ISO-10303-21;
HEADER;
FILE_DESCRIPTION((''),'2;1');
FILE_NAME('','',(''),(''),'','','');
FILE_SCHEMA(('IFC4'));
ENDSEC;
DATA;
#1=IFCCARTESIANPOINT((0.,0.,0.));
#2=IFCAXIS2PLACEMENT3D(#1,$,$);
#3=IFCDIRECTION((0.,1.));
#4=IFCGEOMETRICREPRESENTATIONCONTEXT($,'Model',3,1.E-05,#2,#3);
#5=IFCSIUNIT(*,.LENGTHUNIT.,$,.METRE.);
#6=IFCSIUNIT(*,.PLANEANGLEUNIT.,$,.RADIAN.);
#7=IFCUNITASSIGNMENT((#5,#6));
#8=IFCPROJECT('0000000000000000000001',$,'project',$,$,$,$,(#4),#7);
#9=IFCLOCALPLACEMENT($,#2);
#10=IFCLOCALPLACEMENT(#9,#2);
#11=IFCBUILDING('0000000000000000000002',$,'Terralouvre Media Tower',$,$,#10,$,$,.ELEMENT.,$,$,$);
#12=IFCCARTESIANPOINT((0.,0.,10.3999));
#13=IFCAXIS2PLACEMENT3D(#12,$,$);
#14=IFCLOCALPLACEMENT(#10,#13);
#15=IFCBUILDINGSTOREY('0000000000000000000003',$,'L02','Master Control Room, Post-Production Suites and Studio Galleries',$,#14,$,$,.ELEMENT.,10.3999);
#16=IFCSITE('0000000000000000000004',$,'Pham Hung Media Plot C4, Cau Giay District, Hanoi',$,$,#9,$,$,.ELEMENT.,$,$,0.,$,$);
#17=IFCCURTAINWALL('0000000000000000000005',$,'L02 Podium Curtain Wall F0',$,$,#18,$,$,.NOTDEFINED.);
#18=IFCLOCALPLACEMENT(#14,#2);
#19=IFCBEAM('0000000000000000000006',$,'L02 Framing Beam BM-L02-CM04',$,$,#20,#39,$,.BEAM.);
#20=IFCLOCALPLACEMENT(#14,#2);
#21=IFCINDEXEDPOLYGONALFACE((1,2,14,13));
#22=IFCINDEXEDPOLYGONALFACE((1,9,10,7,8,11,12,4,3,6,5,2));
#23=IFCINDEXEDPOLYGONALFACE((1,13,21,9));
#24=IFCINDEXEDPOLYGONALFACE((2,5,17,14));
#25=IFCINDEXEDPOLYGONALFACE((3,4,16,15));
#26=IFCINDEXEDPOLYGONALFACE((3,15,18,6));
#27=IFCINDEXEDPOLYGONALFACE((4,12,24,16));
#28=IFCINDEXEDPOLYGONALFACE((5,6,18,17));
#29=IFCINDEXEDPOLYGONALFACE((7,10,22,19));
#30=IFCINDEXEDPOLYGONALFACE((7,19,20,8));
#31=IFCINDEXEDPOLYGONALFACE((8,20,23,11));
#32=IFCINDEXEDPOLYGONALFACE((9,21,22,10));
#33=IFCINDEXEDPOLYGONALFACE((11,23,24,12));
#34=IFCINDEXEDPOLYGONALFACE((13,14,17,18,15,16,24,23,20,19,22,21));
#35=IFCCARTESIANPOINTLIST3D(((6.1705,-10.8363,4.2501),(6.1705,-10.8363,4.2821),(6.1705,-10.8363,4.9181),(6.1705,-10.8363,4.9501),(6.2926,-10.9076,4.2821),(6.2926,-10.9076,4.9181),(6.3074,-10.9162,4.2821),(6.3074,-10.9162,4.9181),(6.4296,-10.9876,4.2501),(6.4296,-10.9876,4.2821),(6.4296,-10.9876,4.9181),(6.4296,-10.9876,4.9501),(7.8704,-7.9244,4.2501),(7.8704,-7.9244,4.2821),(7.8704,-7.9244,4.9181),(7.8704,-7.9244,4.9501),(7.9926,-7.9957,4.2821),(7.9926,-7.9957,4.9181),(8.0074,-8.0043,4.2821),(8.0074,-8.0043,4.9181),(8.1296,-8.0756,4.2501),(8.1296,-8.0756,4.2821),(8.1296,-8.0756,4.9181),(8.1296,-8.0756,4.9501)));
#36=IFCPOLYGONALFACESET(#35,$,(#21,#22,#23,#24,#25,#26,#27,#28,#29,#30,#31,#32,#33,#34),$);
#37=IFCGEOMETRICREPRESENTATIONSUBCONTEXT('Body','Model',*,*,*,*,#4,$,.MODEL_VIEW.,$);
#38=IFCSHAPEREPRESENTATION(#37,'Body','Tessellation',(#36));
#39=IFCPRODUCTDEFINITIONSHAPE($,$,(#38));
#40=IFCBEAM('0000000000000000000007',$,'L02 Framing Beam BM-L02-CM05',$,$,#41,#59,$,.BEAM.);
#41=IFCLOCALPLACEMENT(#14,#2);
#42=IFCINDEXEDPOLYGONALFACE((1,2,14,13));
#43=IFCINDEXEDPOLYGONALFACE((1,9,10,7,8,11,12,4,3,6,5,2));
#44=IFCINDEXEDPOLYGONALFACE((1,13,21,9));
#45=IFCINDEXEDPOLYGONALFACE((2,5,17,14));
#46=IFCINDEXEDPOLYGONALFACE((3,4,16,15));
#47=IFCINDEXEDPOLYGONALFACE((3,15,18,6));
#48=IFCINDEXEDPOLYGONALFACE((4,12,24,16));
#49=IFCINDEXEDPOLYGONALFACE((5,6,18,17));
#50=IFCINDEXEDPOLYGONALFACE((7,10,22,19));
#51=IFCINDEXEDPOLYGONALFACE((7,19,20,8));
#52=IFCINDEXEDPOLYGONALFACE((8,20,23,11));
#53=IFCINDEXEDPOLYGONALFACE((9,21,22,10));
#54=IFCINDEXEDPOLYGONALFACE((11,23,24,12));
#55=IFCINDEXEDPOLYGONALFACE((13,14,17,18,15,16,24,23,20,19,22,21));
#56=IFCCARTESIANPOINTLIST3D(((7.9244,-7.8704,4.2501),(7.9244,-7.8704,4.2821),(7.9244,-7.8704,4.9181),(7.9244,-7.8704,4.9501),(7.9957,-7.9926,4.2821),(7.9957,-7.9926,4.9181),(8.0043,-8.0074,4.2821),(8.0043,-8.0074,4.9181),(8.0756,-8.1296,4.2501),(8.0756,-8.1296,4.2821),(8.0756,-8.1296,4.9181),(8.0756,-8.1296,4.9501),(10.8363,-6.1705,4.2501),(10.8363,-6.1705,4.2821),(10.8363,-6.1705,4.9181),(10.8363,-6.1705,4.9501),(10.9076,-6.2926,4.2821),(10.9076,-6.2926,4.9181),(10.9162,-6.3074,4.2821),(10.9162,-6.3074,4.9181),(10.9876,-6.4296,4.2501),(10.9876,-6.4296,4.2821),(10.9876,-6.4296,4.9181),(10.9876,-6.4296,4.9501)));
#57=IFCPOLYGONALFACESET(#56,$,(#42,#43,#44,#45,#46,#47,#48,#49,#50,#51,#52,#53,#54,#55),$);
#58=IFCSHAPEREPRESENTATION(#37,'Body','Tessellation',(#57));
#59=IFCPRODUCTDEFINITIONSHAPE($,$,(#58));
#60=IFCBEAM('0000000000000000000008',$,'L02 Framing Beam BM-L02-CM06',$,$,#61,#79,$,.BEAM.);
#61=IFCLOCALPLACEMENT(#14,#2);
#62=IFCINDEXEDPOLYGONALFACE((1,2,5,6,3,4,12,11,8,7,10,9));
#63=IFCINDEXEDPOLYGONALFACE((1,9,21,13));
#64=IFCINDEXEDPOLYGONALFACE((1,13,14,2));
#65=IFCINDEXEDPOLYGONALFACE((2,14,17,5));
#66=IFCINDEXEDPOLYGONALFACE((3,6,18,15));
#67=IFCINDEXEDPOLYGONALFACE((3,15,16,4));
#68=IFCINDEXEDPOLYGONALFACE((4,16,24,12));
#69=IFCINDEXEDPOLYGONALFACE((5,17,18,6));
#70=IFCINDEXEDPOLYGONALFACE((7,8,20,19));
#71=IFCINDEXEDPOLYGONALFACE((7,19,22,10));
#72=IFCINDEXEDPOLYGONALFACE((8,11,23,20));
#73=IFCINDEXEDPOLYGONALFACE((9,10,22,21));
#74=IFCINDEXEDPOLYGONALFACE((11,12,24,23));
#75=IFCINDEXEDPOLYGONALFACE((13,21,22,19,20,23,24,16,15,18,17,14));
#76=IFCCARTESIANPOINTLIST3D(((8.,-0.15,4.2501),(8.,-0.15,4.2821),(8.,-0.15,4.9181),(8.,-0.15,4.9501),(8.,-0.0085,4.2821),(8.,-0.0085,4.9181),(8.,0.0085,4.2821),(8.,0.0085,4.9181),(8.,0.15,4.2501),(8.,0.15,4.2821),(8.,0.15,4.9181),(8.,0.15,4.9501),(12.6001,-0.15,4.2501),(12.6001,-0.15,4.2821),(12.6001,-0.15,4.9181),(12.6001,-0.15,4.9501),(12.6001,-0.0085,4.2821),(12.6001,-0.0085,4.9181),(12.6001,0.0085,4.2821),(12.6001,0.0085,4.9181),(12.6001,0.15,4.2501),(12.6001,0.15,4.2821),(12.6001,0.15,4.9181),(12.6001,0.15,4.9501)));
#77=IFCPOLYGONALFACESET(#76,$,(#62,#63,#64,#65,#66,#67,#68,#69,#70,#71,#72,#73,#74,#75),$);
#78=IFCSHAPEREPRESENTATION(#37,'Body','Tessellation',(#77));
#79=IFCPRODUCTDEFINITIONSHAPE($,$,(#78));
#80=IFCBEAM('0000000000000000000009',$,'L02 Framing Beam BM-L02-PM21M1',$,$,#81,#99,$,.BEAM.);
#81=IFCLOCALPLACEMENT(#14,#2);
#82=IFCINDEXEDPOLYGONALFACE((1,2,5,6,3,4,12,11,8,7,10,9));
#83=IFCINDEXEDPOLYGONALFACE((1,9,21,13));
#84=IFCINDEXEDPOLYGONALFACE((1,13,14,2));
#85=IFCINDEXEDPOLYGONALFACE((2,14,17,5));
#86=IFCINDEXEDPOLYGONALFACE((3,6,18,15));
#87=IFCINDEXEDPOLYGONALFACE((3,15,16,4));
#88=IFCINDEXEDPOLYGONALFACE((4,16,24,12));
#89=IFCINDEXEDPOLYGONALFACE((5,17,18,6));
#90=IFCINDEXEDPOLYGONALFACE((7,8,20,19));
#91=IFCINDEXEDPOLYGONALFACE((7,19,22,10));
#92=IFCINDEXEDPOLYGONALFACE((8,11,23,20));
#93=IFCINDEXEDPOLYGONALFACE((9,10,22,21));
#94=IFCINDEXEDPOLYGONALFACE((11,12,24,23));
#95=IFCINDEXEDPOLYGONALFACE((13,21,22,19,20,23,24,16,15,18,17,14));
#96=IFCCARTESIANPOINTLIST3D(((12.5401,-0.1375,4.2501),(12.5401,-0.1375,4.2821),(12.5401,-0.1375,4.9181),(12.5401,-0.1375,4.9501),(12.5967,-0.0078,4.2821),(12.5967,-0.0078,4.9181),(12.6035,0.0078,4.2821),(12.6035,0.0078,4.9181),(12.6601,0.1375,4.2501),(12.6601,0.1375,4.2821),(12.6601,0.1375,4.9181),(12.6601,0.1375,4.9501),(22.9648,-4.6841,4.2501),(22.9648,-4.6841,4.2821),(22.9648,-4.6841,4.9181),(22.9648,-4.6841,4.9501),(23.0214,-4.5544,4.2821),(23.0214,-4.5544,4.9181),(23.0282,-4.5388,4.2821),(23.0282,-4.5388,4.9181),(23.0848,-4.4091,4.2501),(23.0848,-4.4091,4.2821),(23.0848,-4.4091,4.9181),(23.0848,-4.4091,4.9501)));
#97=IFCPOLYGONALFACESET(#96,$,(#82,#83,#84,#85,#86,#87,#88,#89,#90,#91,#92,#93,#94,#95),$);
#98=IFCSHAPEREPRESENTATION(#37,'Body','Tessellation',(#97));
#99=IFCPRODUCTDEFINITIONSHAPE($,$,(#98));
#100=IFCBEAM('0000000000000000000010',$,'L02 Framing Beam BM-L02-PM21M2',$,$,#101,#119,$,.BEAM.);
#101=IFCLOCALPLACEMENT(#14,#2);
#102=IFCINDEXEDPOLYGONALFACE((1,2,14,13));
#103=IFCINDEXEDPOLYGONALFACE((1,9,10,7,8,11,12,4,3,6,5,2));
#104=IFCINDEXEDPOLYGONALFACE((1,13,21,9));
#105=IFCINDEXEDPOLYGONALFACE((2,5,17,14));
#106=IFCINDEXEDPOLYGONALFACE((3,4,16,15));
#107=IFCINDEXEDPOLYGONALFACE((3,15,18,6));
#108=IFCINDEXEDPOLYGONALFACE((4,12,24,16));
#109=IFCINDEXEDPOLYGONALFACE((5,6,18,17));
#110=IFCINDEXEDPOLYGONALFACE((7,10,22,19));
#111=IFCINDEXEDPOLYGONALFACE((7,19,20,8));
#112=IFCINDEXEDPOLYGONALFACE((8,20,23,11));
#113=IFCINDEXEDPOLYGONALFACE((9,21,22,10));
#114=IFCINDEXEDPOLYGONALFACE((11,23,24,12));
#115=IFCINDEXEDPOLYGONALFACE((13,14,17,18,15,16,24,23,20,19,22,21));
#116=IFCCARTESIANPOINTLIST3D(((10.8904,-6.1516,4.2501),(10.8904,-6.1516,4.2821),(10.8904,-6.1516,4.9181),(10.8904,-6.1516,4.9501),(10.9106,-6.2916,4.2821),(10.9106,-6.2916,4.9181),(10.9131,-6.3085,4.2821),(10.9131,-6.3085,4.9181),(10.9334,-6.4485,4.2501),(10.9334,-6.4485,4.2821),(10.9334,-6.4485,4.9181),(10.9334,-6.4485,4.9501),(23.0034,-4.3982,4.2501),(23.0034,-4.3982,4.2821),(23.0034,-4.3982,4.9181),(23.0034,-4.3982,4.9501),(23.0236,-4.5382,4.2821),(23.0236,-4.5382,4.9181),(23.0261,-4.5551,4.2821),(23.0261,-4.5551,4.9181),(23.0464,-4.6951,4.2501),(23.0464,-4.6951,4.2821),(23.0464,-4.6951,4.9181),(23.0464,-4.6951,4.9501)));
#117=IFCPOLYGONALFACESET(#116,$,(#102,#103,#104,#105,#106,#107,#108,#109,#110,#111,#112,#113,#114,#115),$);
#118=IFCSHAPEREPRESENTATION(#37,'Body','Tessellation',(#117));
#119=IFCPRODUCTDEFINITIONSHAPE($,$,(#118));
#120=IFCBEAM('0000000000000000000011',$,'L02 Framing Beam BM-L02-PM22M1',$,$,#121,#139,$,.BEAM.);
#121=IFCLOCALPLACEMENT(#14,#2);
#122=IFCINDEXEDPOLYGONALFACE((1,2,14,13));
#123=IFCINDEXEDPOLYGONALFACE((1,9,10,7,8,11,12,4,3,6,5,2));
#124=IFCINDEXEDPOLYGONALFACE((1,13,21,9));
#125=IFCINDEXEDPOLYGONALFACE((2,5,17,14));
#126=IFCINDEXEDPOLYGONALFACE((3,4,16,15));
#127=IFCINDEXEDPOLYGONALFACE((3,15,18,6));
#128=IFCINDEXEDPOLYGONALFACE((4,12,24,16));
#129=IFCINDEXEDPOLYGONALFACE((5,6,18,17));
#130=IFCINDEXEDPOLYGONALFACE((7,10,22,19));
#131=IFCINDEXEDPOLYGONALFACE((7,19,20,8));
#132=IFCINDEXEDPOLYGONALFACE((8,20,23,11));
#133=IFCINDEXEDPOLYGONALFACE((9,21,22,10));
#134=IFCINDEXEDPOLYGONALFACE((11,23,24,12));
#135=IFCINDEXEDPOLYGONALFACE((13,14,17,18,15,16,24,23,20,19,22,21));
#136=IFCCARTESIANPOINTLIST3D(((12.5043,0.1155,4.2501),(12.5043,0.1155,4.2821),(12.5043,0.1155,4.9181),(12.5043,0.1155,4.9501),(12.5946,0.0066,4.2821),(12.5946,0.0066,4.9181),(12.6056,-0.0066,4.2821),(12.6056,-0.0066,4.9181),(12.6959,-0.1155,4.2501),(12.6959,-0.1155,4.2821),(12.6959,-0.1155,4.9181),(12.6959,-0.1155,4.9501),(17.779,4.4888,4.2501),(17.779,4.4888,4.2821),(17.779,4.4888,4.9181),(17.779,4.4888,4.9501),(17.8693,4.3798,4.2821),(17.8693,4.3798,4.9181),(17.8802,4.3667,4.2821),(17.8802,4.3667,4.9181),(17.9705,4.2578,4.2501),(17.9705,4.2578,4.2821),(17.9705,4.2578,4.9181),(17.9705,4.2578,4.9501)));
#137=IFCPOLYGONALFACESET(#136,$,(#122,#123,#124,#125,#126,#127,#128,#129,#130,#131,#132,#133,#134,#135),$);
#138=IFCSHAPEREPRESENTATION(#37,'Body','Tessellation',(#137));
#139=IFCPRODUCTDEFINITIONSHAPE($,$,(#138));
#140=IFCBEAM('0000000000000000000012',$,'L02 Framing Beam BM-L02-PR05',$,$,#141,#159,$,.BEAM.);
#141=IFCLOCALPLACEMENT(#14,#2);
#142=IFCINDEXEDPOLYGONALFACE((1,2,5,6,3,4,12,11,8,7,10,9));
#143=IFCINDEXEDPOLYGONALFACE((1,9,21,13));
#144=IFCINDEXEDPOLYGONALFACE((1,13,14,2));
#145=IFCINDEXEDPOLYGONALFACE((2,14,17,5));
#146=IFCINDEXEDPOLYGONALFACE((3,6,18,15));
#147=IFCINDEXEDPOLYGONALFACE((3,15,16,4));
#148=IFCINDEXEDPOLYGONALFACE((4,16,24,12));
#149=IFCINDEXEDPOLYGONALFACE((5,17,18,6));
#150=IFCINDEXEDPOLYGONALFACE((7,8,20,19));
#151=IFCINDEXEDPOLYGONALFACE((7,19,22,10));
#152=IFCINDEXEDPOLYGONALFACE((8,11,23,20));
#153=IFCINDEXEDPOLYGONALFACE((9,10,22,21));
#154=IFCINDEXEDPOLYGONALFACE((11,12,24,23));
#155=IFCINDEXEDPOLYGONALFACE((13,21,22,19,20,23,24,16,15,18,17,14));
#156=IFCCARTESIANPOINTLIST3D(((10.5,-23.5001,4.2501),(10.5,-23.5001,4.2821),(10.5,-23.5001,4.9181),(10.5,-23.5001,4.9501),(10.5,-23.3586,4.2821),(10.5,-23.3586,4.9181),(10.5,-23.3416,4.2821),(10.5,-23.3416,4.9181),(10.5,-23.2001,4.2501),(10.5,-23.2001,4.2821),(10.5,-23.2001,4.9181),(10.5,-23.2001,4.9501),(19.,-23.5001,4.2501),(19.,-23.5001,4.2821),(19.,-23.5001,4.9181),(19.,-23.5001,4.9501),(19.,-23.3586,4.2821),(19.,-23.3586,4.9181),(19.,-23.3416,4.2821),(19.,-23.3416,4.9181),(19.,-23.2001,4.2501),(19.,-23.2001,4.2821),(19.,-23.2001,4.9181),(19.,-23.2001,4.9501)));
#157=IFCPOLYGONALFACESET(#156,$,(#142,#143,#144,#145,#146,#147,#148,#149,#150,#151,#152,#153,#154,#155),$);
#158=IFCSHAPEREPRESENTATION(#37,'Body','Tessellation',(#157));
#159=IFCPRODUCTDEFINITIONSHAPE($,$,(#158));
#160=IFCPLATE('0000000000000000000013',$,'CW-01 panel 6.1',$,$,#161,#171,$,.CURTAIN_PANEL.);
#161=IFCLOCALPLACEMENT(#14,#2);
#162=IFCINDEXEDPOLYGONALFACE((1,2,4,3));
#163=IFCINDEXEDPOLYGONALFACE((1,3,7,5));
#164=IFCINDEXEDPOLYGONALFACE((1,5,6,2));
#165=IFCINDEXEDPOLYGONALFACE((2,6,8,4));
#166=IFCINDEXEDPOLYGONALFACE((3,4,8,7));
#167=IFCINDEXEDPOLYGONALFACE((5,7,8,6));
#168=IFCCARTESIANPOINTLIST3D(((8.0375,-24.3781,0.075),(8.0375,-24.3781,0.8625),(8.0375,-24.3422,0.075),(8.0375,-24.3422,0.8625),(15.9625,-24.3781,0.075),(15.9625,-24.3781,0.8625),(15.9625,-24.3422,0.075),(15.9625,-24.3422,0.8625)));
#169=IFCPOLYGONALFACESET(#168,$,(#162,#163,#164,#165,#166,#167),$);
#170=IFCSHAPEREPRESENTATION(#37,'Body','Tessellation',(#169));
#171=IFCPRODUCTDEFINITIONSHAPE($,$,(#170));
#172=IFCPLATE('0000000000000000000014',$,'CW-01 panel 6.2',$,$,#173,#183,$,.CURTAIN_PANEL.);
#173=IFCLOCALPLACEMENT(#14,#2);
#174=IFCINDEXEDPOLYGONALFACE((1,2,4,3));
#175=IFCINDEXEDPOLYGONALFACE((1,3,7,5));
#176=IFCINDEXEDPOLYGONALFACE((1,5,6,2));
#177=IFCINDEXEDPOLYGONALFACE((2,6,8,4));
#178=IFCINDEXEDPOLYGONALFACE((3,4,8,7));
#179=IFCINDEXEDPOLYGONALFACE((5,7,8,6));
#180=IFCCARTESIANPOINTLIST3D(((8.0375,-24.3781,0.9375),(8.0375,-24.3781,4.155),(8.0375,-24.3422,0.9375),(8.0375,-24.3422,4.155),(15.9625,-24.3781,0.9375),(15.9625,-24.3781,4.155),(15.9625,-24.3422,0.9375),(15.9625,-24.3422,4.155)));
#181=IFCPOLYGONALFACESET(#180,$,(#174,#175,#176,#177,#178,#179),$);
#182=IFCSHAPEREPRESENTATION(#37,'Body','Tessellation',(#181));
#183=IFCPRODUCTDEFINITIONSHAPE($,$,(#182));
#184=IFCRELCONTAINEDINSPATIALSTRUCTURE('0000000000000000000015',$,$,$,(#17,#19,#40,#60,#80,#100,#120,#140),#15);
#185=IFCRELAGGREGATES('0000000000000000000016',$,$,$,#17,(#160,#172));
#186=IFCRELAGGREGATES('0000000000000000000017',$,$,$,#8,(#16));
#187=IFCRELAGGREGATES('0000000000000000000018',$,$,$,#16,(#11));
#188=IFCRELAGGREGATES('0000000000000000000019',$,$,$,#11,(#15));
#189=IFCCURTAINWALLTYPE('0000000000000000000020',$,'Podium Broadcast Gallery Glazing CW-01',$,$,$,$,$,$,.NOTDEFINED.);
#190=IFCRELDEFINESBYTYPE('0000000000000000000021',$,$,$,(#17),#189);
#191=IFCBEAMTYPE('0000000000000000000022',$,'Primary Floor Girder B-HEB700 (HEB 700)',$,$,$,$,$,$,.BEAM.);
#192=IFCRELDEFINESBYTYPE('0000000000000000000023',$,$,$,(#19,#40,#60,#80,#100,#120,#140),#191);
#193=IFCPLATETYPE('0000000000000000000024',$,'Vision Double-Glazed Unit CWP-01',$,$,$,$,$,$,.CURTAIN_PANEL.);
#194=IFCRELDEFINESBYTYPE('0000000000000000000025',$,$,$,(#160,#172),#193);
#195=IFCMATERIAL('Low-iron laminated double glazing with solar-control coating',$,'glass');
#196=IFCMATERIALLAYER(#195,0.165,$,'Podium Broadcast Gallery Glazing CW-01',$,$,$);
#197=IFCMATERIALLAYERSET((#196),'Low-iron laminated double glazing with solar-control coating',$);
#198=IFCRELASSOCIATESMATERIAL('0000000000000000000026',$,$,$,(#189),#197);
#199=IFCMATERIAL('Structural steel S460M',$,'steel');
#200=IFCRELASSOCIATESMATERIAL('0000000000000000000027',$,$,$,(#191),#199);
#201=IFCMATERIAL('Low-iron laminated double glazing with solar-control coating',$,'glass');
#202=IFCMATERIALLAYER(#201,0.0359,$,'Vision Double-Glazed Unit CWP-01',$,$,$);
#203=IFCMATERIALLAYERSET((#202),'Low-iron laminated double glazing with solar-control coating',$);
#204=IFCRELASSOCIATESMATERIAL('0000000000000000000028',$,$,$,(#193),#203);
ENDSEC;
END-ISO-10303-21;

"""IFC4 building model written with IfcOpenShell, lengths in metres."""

from ifc_helpers import new_model, si_unit, direction, frame, origin, origin_2d, place, context, subcontext, project, spatial, rectangle, i_section, extrude, material, layer, layer_set, material_profile, profile_set, type_object, element, aggregate, save


model = new_model("IFC4")

# Units and contexts
model_context = context("Model", 3, precision=1e-05, world=origin(), true_north=direction((0.0, 1.0)))
body_context = subcontext(model_context, "Body", "Model", "MODEL_VIEW")
ifc_project = project(units=[si_unit("LENGTHUNIT", "METRE"), si_unit("PLANEANGLEUNIT", "RADIAN")], contexts=[model_context])

# Site, building, storey
site_placement = place(None, origin())
site = spatial("IfcSite", under=ifc_project, at=site_placement, Name="Pham Hung Media Plot C4, Cau Giay District, Hanoi", CompositionType="ELEMENT", RefElevation=0.0)
building_placement = place(site_placement, origin())
building = spatial("IfcBuilding", under=site, at=building_placement, Name="Terralouvre Media Tower", CompositionType="ELEMENT")
storey_placement = place(building_placement, frame((0.0, 0.0, 10.3999)))
storey = spatial("IfcBuildingStorey", under=building, at=storey_placement, Name="L02", Description="Master Control Room, Post-Production Suites and Studio Galleries", CompositionType="ELEMENT", Elevation=10.3999)

# Curtain wall
ifc_material_1 = material(Name="Low-iron laminated double glazing with solar-control coating", Category="glass")
ifc_layer_1 = layer(ifc_material_1, 0.165, Name="Podium Broadcast Gallery Glazing CW-01")
ifc_layer_set_1 = layer_set([ifc_layer_1], Name="Low-iron laminated double glazing with solar-control coating")
curtain_wall_type = type_object("IfcCurtainWallType", Name="Podium Broadcast Gallery Glazing CW-01", PredefinedType="NOTDEFINED", material=ifc_layer_set_1)
curtain_wall_placement = place(storey_placement, origin())
curtain_wall = element("IfcCurtainWall", 1, at=curtain_wall_placement, inside=storey, type_object=curtain_wall_type, Name="L02 Podium Curtain Wall F0", PredefinedType="NOTDEFINED")

# Beams
ifc_material_2 = material(Name="Structural steel S460M", Category="steel")
ifc_material_profile_1 = material_profile(ifc_material_2, i_section(OverallWidth=0.3, OverallDepth=0.7, WebThickness=0.0171, FlangeThickness=0.032, at=origin_2d()), Name="HEB 700")
ifc_profile_set_1 = profile_set([ifc_material_profile_1], Name="Structural steel S460M")
beam_type_1 = type_object("IfcBeamType", Name="Primary Floor Girder B-HEB700 (HEB 700)", PredefinedType="BEAM", material=ifc_profile_set_1)
for number, where, z_axis, x_axis, name in (
    (2, (8.0, -8.0, 4.6001), (-0.504173, -0.863603, 0.0), (0.863603, -0.504173, 0.0), "L02 Framing Beam BM-L02-CM04"),
    (3, (8.0, -8.0, 4.6001), (0.863603, 0.504173, 0.0), (-0.504173, 0.863603, 0.0), "L02 Framing Beam BM-L02-CM05"),
):
    element("IfcBeam", number, at=place(storey_placement, frame(where, z_axis=z_axis, x_axis=x_axis)), inside=storey, type_object=beam_type_1, Name=name, PredefinedType="BEAM", context=body_context, shape_type="SweptSolid", body=[
        extrude(i_section(OverallWidth=0.3, OverallDepth=0.7, WebThickness=0.0171, FlangeThickness=0.032, at=origin_2d()), origin(), (0.0, 0.0, 1.0), 3.3718),
    ])
beam_1_placement = place(storey_placement, frame((8.0, 0.0, 4.6001), z_axis=(1.0, 0.0, 0.0), x_axis=(0.0, 1.0, 0.0)))
element("IfcBeam", 4, at=beam_1_placement, inside=storey, type_object=beam_type_1, Name="L02 Framing Beam BM-L02-CM06", PredefinedType="BEAM", context=body_context, shape_type="SweptSolid", body=[
    extrude(i_section(OverallWidth=0.3, OverallDepth=0.7, WebThickness=0.0171, FlangeThickness=0.032, at=origin_2d()), origin(), (0.0, 0.0, 1.0), 4.6001),
])
beam_2_placement = place(storey_placement, frame((12.6001, 0.0, 4.6001), z_axis=(0.916616, -0.399769, 0.0), x_axis=(0.399769, 0.916616, 0.0)))
element("IfcBeam", 5, at=beam_2_placement, inside=storey, type_object=beam_type_1, Name="L02 Framing Beam BM-L02-PM21M1", PredefinedType="BEAM", context=body_context, shape_type="SweptSolid", body=[
    extrude(i_section(OverallWidth=0.3, OverallDepth=0.7, WebThickness=0.0171, FlangeThickness=0.032, at=origin_2d()), origin(), (0.0, 0.0, 1.0), 11.373),
])
beam_3_placement = place(storey_placement, frame((10.9119, -6.3, 4.6001), z_axis=(0.989685, 0.143261, 0.0), x_axis=(-0.143261, 0.989685, 0.0)))
element("IfcBeam", 6, at=beam_3_placement, inside=storey, type_object=beam_type_1, Name="L02 Framing Beam BM-L02-PM21M2", PredefinedType="BEAM", context=body_context, shape_type="SweptSolid", body=[
    extrude(i_section(OverallWidth=0.3, OverallDepth=0.7, WebThickness=0.0171, FlangeThickness=0.032, at=origin_2d()), origin(), (0.0, 0.0, 1.0), 12.2393),
])
beam_4_placement = place(storey_placement, frame((12.6001, 0.0, 4.6001), z_axis=(0.769816, 0.638265, 0.0), x_axis=(-0.638265, 0.769816, 0.0)))
element("IfcBeam", 7, at=beam_4_placement, inside=storey, type_object=beam_type_1, Name="L02 Framing Beam BM-L02-PM22M1", PredefinedType="BEAM", context=body_context, shape_type="SweptSolid", body=[
    extrude(i_section(OverallWidth=0.3, OverallDepth=0.7, WebThickness=0.0171, FlangeThickness=0.032, at=origin_2d()), origin(), (0.0, 0.0, 1.0), 6.8518),
])
beam_5_placement = place(storey_placement, frame((10.5, -23.3501, 4.6001), z_axis=(1.0, 0.0, 0.0), x_axis=(0.0, 1.0, 0.0)))
element("IfcBeam", 8, at=beam_5_placement, inside=storey, type_object=beam_type_1, Name="L02 Framing Beam BM-L02-PR05", PredefinedType="BEAM", context=body_context, shape_type="SweptSolid", body=[
    extrude(i_section(OverallWidth=0.3, OverallDepth=0.7, WebThickness=0.0171, FlangeThickness=0.032, at=origin_2d()), origin(), (0.0, 0.0, 1.0), 8.5),
])

# Plates
ifc_material_3 = material(Name="Low-iron laminated double glazing with solar-control coating", Category="glass")
ifc_layer_2 = layer(ifc_material_3, 0.0359, Name="Vision Double-Glazed Unit CWP-01")
ifc_layer_set_2 = layer_set([ifc_layer_2], Name="Low-iron laminated double glazing with solar-control coating")
plate_type = type_object("IfcPlateType", Name="Vision Double-Glazed Unit CWP-01", PredefinedType="CURTAIN_PANEL", material=ifc_layer_set_2)
plate_1_placement = place(storey_placement, frame((12.0, -24.3601, 0.075), z_axis=(0.0, 0.0, 1.0), x_axis=(1.0, 0.0, 0.0)))
plate_1 = element("IfcPlate", 9, at=plate_1_placement, type_object=plate_type, Name="CW-01 panel 6.1", PredefinedType="CURTAIN_PANEL", context=body_context, shape_type="SweptSolid", body=[
    extrude(rectangle(XDim=7.925, YDim=0.0359, at=origin_2d()), origin(), (0.0, 0.0, 1.0), 0.7876),
])
plate_2_placement = place(storey_placement, frame((12.0, -24.3601, 0.9375), z_axis=(0.0, 0.0, 1.0), x_axis=(1.0, 0.0, 0.0)))
plate_2 = element("IfcPlate", 10, at=plate_2_placement, type_object=plate_type, Name="CW-01 panel 6.2", PredefinedType="CURTAIN_PANEL", context=body_context, shape_type="SweptSolid", body=[
    extrude(rectangle(XDim=7.925, YDim=0.0359, at=origin_2d()), origin(), (0.0, 0.0, 1.0), 3.2175),
])
aggregate(curtain_wall, [plate_1, plate_2])

save(model, "model.ifc")
